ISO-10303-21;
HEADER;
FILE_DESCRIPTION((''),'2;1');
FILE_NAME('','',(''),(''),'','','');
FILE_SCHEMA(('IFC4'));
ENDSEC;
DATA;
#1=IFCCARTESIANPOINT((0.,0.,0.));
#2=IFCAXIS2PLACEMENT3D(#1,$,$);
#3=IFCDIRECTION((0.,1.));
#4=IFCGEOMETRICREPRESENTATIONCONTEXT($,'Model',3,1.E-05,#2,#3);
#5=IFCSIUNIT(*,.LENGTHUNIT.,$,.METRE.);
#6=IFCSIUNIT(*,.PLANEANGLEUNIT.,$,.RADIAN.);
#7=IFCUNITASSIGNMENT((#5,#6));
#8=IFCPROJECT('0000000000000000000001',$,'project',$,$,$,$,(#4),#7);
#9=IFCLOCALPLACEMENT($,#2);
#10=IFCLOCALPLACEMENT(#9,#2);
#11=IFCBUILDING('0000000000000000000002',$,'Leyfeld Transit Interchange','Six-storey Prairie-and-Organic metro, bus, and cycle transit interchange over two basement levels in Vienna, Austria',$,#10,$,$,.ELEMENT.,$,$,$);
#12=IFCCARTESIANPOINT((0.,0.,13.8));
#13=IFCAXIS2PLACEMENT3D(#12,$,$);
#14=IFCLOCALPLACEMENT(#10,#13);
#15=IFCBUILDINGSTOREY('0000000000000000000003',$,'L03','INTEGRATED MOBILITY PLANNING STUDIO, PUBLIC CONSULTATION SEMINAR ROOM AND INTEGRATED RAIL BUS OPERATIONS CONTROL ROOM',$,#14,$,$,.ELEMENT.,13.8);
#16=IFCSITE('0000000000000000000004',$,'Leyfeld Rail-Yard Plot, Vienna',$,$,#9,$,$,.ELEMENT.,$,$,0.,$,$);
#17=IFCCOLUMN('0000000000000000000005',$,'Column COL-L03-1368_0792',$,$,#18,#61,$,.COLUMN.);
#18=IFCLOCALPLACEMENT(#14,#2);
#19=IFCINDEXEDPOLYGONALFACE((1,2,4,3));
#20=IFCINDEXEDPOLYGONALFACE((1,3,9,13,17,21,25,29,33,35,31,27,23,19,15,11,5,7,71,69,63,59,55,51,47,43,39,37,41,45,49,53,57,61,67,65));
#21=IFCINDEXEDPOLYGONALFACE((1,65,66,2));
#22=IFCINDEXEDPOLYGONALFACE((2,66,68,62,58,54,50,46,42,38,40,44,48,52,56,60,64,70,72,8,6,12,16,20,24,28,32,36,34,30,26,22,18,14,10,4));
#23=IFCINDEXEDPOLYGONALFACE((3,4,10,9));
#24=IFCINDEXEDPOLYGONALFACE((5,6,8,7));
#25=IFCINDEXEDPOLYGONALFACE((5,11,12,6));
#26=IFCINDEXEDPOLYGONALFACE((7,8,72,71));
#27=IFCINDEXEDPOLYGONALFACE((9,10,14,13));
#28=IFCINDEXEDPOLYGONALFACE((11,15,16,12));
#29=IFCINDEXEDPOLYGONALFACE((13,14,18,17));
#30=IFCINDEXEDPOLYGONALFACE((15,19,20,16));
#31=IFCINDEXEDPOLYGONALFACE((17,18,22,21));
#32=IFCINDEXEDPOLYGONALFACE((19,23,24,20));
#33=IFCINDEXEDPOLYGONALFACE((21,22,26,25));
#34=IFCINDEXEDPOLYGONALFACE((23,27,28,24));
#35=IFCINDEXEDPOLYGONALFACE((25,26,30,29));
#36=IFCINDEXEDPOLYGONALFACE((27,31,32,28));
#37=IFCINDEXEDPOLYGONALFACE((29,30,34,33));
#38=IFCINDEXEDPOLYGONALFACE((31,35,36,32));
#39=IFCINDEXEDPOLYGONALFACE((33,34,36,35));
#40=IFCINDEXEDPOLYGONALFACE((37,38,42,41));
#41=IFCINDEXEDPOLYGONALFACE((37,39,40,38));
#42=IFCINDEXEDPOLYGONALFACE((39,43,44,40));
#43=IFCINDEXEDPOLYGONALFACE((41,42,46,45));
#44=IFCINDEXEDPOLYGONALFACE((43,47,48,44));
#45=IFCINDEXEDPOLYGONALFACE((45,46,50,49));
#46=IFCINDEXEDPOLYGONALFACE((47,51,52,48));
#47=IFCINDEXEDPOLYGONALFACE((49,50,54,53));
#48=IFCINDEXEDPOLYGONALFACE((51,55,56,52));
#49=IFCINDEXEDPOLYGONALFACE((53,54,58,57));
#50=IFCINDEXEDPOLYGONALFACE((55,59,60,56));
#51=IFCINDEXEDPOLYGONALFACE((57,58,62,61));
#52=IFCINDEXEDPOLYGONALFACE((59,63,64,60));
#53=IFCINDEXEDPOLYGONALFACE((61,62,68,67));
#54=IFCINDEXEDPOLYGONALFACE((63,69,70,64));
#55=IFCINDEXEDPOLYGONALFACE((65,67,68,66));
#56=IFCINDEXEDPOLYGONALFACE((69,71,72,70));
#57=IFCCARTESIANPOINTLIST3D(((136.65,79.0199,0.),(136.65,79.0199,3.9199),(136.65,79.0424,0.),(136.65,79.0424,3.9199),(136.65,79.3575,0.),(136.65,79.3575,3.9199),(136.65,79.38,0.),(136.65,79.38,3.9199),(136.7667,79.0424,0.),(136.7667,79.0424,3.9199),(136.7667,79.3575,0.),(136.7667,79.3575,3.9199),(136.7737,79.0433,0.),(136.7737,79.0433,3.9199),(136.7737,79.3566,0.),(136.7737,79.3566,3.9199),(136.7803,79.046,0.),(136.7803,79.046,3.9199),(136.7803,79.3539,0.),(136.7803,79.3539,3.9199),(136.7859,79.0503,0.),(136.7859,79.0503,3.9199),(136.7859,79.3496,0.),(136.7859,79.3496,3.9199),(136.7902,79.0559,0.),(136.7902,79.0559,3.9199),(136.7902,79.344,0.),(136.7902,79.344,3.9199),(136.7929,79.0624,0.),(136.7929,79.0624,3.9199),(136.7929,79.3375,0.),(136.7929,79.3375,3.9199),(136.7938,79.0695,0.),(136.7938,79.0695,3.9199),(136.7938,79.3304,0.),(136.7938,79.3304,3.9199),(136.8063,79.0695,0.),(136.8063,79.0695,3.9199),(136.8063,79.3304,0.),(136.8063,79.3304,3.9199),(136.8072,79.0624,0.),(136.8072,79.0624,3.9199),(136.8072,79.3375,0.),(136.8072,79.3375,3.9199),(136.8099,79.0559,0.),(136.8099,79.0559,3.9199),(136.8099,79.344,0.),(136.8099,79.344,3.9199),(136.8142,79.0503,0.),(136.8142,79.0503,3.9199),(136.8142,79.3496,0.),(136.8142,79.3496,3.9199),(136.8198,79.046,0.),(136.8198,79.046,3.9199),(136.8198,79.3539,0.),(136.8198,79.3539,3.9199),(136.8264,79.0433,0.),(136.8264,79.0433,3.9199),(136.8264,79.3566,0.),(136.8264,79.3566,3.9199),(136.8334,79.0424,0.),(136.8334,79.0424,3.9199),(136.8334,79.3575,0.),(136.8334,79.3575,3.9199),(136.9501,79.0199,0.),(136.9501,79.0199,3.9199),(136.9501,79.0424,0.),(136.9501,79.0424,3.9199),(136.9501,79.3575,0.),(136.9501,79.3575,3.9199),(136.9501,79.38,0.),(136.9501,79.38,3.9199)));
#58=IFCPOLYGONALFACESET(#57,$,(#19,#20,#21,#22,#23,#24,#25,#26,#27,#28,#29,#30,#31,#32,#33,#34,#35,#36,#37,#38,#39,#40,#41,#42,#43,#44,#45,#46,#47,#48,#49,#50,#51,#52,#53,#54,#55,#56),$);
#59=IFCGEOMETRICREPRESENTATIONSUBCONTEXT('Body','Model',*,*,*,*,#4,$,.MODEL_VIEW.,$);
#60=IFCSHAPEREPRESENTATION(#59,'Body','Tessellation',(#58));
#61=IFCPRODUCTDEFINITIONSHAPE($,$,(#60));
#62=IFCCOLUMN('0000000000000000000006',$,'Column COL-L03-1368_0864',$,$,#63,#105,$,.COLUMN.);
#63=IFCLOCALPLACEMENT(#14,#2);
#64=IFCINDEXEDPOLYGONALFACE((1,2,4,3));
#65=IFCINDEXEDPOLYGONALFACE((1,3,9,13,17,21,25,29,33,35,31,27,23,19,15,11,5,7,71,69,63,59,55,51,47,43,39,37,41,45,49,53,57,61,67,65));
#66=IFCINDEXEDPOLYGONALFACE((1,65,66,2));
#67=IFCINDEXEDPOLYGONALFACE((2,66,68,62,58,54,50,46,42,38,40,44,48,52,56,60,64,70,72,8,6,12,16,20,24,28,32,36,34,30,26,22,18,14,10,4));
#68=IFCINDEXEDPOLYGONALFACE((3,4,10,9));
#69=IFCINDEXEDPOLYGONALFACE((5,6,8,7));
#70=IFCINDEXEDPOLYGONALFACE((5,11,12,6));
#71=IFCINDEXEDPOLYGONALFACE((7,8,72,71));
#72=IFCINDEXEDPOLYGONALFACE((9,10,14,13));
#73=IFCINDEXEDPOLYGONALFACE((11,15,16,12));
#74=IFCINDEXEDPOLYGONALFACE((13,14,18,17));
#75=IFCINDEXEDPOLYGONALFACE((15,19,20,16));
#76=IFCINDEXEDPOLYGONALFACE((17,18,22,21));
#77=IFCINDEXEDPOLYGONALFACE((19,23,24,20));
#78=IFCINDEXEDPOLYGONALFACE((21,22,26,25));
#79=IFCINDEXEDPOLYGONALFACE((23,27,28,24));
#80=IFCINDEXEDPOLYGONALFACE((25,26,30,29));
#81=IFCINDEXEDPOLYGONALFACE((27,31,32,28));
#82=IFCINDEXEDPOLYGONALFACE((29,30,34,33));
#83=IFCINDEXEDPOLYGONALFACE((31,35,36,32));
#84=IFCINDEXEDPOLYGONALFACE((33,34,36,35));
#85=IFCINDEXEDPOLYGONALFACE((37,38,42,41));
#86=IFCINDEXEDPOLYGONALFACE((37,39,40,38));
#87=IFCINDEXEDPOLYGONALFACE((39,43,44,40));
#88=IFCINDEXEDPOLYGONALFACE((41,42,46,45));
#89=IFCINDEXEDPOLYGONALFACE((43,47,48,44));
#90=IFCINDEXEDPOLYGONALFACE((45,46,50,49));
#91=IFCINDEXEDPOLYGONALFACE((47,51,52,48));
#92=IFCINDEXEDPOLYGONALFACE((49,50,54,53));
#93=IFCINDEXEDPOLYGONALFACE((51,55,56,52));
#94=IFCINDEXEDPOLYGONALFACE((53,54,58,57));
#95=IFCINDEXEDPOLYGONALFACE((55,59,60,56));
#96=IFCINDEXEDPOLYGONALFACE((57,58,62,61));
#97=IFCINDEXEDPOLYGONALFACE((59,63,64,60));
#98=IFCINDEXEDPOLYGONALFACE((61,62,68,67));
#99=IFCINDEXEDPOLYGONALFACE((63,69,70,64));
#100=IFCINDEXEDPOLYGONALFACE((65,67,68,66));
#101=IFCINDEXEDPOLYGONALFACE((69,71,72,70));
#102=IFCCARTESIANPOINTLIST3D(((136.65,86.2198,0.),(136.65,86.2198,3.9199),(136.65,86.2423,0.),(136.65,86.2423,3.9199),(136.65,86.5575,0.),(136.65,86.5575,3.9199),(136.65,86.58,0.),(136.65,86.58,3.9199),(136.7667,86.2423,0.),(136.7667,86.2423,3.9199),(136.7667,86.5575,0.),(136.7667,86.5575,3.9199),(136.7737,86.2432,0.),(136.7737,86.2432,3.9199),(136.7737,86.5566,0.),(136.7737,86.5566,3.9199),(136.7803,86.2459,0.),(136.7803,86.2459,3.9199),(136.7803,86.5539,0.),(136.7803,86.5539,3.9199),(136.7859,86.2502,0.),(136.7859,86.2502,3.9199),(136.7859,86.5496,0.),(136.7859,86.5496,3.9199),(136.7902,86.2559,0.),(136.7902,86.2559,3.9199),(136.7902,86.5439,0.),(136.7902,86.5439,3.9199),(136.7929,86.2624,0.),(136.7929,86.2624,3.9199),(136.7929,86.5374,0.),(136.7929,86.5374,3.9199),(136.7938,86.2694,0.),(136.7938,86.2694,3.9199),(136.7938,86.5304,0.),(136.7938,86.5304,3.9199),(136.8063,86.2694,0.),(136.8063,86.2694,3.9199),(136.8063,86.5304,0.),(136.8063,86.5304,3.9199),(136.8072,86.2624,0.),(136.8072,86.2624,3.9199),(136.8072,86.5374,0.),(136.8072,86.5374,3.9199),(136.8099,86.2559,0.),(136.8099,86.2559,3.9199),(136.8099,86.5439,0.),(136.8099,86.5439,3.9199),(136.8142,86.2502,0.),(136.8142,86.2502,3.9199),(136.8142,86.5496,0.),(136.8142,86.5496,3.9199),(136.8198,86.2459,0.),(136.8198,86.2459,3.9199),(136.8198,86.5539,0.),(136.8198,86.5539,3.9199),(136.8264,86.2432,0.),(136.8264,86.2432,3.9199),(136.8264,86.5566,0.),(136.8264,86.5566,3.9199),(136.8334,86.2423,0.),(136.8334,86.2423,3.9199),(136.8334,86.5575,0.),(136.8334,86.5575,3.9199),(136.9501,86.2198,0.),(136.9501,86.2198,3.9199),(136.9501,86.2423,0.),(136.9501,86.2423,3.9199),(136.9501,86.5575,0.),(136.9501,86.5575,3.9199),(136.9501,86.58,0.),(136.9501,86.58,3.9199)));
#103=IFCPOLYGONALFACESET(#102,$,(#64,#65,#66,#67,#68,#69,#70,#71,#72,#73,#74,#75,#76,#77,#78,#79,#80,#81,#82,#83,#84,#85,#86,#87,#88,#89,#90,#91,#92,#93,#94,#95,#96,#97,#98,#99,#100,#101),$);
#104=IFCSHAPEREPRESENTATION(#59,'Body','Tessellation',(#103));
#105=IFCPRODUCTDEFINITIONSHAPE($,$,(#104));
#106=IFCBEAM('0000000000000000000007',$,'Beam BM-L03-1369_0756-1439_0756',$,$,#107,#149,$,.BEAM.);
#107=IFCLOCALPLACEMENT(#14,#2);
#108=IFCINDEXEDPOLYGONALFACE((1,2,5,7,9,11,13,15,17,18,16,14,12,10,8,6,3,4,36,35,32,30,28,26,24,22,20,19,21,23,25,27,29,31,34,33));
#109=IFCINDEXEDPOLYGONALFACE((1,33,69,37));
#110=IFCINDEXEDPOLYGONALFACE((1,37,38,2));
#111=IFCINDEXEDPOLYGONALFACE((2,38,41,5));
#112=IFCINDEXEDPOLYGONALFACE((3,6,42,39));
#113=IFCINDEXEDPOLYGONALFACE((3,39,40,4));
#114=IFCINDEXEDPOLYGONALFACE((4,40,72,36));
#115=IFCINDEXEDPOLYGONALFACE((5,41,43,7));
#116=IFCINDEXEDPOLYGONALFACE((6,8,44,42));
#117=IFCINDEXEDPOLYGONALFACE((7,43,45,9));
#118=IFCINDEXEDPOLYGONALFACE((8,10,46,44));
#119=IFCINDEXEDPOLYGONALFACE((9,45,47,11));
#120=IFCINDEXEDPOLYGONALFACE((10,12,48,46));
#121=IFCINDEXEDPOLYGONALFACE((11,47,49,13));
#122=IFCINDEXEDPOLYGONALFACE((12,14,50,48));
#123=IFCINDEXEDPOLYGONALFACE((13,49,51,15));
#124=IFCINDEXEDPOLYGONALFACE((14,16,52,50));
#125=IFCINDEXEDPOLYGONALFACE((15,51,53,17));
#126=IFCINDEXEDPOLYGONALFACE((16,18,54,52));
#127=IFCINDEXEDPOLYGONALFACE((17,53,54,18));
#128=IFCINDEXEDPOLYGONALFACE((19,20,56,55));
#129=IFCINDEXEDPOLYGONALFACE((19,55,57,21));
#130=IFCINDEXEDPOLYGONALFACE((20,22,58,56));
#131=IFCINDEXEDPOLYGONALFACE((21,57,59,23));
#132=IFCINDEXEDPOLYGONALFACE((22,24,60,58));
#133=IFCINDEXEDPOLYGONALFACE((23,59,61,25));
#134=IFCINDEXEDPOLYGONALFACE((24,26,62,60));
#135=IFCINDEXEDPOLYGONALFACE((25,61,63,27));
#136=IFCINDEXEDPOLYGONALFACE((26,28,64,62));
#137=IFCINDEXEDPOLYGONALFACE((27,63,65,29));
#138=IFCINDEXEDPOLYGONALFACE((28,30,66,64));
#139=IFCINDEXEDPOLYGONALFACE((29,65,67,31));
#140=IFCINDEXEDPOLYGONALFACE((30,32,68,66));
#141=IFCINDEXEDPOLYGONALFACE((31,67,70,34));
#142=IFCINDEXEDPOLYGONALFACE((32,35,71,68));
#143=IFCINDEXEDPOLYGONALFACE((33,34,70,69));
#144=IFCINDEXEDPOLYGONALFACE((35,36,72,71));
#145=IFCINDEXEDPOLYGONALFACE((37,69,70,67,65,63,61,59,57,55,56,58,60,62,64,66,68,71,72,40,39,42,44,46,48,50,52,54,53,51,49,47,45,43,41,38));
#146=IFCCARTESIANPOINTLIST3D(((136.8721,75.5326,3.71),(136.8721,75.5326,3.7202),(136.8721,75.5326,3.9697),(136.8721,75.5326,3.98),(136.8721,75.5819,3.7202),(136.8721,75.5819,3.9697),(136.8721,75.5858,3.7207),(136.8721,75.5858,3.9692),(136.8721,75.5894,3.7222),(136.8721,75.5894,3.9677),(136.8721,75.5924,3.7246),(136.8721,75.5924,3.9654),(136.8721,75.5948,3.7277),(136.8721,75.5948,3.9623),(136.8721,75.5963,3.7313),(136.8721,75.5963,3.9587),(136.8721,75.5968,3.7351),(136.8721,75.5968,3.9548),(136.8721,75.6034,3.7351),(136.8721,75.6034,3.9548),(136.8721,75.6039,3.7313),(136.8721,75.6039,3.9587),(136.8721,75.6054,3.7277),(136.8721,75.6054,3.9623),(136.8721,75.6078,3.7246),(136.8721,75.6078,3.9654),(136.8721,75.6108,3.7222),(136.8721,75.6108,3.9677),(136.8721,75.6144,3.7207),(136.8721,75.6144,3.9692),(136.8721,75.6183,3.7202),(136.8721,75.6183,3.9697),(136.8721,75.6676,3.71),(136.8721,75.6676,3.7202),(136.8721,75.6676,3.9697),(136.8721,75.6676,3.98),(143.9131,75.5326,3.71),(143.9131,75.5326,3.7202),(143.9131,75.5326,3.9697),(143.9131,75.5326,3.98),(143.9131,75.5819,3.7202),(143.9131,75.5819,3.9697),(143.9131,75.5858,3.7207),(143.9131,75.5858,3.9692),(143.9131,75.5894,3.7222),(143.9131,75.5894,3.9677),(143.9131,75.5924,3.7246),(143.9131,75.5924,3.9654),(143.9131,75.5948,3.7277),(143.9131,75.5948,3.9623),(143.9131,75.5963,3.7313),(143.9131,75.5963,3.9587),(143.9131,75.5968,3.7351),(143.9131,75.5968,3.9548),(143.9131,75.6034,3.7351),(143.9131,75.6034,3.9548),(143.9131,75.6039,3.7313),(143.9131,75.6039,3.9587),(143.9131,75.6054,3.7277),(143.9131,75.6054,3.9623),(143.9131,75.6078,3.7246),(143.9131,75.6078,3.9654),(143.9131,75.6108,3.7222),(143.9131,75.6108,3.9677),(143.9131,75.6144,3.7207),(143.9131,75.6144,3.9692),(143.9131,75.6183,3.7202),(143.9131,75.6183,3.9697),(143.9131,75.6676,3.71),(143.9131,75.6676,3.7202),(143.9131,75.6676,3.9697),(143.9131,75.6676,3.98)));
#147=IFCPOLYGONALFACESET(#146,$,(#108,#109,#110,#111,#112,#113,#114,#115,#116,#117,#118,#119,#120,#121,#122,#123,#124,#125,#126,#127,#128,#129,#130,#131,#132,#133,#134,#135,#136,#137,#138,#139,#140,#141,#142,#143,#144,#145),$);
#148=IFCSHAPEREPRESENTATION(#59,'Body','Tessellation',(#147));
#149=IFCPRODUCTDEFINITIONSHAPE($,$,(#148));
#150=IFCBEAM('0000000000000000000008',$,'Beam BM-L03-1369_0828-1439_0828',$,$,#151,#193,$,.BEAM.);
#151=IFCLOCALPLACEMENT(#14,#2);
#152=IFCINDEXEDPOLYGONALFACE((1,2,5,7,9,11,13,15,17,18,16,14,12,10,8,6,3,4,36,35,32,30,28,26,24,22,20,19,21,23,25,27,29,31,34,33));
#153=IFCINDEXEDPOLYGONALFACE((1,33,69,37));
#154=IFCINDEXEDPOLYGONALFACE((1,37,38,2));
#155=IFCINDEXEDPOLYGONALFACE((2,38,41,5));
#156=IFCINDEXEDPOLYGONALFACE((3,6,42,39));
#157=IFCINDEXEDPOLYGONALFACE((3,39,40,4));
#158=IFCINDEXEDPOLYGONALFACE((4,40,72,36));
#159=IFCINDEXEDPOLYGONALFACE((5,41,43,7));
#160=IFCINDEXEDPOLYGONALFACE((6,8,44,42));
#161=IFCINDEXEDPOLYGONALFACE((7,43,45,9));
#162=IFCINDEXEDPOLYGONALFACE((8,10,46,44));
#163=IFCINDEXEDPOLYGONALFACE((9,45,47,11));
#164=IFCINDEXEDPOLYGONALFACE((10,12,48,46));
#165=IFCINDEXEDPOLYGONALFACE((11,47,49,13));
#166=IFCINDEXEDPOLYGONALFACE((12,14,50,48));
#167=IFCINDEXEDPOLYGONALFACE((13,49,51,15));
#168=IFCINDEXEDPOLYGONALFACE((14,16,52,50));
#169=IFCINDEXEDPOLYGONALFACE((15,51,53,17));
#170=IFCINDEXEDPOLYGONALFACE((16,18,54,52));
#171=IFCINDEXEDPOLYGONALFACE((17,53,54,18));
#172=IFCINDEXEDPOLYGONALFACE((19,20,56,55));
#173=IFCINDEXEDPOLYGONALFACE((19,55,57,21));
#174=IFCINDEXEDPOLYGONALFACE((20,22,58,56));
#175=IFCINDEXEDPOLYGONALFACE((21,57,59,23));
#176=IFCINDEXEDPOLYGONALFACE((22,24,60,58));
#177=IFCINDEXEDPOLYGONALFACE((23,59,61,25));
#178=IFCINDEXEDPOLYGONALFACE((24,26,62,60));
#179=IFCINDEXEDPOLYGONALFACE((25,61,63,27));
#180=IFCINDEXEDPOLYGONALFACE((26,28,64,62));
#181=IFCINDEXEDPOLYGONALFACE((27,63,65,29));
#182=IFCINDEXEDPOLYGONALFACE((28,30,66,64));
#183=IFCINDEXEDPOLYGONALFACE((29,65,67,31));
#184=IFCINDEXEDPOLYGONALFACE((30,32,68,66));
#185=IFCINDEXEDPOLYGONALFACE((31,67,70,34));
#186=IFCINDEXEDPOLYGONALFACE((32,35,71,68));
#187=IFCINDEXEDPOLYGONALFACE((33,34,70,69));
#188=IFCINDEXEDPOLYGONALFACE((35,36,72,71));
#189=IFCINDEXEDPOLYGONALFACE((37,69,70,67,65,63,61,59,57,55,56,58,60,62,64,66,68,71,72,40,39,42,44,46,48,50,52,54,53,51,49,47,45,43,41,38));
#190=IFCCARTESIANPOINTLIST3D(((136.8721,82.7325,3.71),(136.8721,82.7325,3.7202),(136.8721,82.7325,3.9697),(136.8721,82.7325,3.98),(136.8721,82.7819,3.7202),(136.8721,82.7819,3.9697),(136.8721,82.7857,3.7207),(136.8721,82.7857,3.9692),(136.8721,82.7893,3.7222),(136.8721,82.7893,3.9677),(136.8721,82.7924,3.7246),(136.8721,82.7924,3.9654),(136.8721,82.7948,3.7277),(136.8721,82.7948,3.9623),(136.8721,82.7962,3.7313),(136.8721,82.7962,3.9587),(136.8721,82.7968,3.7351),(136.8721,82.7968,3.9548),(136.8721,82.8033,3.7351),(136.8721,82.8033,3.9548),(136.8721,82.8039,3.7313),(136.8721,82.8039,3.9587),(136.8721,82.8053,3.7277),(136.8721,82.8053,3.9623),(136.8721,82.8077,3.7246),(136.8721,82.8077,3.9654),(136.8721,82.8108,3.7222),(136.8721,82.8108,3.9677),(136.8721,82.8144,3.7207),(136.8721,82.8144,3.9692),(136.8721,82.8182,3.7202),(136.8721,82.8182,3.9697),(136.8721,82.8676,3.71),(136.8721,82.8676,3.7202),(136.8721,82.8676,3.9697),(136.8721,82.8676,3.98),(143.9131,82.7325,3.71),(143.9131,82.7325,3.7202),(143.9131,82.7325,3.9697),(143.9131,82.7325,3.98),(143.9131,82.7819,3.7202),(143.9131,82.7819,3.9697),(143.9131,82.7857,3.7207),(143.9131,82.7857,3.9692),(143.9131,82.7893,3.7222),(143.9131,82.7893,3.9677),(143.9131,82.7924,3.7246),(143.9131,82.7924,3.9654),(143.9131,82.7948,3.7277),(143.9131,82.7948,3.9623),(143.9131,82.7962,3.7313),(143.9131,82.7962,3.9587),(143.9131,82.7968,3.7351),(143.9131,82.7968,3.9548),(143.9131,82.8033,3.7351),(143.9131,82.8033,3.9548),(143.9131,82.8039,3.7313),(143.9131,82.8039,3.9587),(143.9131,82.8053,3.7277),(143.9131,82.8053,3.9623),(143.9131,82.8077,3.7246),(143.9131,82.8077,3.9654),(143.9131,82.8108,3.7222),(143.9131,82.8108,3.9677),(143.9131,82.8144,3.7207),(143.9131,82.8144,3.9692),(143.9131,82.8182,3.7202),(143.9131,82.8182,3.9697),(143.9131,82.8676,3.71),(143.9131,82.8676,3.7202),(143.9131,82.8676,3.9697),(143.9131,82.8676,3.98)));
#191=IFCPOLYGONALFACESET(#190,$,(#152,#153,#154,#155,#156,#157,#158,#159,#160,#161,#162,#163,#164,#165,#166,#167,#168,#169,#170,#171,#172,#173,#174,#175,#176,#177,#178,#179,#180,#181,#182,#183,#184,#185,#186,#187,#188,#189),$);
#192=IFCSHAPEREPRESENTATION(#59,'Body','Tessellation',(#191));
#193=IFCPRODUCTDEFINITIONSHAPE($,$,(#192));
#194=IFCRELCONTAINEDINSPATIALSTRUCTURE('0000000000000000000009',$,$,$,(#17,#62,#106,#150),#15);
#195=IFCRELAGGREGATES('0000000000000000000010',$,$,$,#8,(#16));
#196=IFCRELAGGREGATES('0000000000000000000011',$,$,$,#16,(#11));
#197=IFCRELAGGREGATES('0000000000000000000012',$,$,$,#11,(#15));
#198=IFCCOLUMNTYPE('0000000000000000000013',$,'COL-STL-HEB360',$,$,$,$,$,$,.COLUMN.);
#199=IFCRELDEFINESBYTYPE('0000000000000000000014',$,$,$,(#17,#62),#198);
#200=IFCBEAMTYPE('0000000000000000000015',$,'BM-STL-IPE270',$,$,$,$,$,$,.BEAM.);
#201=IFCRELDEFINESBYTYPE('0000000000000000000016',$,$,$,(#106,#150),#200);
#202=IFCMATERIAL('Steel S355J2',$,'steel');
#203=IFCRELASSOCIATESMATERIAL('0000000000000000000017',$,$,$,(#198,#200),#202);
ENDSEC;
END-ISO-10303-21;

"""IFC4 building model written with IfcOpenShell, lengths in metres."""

from ifc_helpers import new_model, si_unit, direction, frame, origin, origin_2d, place, context, subcontext, project, spatial, i_section, extrude, material, material_profile, profile_set, type_object, element, save


model = new_model("IFC4")

# Units and contexts
model_context = context("Model", 3, precision=1e-05, world=origin(), true_north=direction((0.0, 1.0)))
body_context = subcontext(model_context, "Body", "Model", "MODEL_VIEW")
ifc_project = project(units=[si_unit("LENGTHUNIT", "METRE"), si_unit("PLANEANGLEUNIT", "RADIAN")], contexts=[model_context])

# Site, building, storey
site_placement = place(None, origin())
site = spatial("IfcSite", under=ifc_project, at=site_placement, Name="Leyfeld Rail-Yard Plot, Vienna", CompositionType="ELEMENT", RefElevation=0.0)
building_placement = place(site_placement, origin())
building = spatial("IfcBuilding", under=site, at=building_placement, Name="Leyfeld Transit Interchange", Description="Six-storey Prairie-and-Organic metro, bus, and cycle transit interchange over two basement levels in Vienna, Austria", CompositionType="ELEMENT")
storey_placement = place(building_placement, frame((0.0, 0.0, 13.8)))
storey = spatial("IfcBuildingStorey", under=building, at=storey_placement, Name="L03", Description="INTEGRATED MOBILITY PLANNING STUDIO, PUBLIC CONSULTATION SEMINAR ROOM AND INTEGRATED RAIL BUS OPERATIONS CONTROL ROOM", CompositionType="ELEMENT", Elevation=13.8)

# Columns
ifc_material_1 = material(Name="Steel S355J2", Category="steel")
ifc_material_profile_1 = material_profile(ifc_material_1, i_section(OverallWidth=0.3, OverallDepth=0.3601, WebThickness=0.0125, FlangeThickness=0.0225, FilletRadius=0.0271, at=origin_2d()), Name="HEB 360")
ifc_profile_set_1 = profile_set([ifc_material_profile_1], Name="Steel S355J2")
column_type = type_object("IfcColumnType", Name="COL-STL-HEB360", PredefinedType="COLUMN", material=ifc_profile_set_1)
for number, where, z_axis, x_axis, name in (
    (1, (136.8, 79.2, 0.0), (0.0, 0.0, 1.0), (1.0, 0.0, 0.0), "Column COL-L03-1368_0792"),
    (2, (136.8, 86.3999, 0.0), (0.0, 0.0, 1.0), (1.0, 0.0, 0.0), "Column COL-L03-1368_0864"),
):
    element("IfcColumn", number, at=place(storey_placement, frame(where, z_axis=z_axis, x_axis=x_axis)), inside=storey, type_object=column_type, Name=name, PredefinedType="COLUMN", context=body_context, shape_type="SweptSolid", body=[
        extrude(i_section(OverallWidth=0.3, OverallDepth=0.3601, WebThickness=0.0125, FlangeThickness=0.0225, FilletRadius=0.0271, at=origin_2d()), origin(), (0.0, 0.0, 1.0), 3.9199),
    ])

# Beams
ifc_material_profile_2 = material_profile(ifc_material_1, i_section(OverallWidth=0.135, OverallDepth=0.27, WebThickness=0.0066, FlangeThickness=0.0103, FilletRadius=0.0149, at=origin_2d()), Name="IPE 270")
ifc_profile_set_2 = profile_set([ifc_material_profile_2], Name="Steel S355J2")
beam_type_1 = type_object("IfcBeamType", Name="BM-STL-IPE270", PredefinedType="BEAM", material=ifc_profile_set_2)
for number, where, z_axis, x_axis, name in (
    (3, (136.8721, 75.6001, 3.845), (1.0, 0.0, 0.0), (0.0, 1.0, 0.0), "Beam BM-L03-1369_0756-1439_0756"),
    (4, (136.8721, 82.8, 3.845), (1.0, 0.0, 0.0), (0.0, 1.0, 0.0), "Beam BM-L03-1369_0828-1439_0828"),
):
    element("IfcBeam", number, at=place(storey_placement, frame(where, z_axis=z_axis, x_axis=x_axis)), inside=storey, type_object=beam_type_1, Name=name, PredefinedType="BEAM", context=body_context, shape_type="SweptSolid", body=[
        extrude(i_section(OverallWidth=0.135, OverallDepth=0.27, WebThickness=0.0066, FlangeThickness=0.0103, FilletRadius=0.0149, at=origin_2d()), origin(), (0.0, 0.0, 1.0), 7.041),
    ])

save(model, "model.ifc")
